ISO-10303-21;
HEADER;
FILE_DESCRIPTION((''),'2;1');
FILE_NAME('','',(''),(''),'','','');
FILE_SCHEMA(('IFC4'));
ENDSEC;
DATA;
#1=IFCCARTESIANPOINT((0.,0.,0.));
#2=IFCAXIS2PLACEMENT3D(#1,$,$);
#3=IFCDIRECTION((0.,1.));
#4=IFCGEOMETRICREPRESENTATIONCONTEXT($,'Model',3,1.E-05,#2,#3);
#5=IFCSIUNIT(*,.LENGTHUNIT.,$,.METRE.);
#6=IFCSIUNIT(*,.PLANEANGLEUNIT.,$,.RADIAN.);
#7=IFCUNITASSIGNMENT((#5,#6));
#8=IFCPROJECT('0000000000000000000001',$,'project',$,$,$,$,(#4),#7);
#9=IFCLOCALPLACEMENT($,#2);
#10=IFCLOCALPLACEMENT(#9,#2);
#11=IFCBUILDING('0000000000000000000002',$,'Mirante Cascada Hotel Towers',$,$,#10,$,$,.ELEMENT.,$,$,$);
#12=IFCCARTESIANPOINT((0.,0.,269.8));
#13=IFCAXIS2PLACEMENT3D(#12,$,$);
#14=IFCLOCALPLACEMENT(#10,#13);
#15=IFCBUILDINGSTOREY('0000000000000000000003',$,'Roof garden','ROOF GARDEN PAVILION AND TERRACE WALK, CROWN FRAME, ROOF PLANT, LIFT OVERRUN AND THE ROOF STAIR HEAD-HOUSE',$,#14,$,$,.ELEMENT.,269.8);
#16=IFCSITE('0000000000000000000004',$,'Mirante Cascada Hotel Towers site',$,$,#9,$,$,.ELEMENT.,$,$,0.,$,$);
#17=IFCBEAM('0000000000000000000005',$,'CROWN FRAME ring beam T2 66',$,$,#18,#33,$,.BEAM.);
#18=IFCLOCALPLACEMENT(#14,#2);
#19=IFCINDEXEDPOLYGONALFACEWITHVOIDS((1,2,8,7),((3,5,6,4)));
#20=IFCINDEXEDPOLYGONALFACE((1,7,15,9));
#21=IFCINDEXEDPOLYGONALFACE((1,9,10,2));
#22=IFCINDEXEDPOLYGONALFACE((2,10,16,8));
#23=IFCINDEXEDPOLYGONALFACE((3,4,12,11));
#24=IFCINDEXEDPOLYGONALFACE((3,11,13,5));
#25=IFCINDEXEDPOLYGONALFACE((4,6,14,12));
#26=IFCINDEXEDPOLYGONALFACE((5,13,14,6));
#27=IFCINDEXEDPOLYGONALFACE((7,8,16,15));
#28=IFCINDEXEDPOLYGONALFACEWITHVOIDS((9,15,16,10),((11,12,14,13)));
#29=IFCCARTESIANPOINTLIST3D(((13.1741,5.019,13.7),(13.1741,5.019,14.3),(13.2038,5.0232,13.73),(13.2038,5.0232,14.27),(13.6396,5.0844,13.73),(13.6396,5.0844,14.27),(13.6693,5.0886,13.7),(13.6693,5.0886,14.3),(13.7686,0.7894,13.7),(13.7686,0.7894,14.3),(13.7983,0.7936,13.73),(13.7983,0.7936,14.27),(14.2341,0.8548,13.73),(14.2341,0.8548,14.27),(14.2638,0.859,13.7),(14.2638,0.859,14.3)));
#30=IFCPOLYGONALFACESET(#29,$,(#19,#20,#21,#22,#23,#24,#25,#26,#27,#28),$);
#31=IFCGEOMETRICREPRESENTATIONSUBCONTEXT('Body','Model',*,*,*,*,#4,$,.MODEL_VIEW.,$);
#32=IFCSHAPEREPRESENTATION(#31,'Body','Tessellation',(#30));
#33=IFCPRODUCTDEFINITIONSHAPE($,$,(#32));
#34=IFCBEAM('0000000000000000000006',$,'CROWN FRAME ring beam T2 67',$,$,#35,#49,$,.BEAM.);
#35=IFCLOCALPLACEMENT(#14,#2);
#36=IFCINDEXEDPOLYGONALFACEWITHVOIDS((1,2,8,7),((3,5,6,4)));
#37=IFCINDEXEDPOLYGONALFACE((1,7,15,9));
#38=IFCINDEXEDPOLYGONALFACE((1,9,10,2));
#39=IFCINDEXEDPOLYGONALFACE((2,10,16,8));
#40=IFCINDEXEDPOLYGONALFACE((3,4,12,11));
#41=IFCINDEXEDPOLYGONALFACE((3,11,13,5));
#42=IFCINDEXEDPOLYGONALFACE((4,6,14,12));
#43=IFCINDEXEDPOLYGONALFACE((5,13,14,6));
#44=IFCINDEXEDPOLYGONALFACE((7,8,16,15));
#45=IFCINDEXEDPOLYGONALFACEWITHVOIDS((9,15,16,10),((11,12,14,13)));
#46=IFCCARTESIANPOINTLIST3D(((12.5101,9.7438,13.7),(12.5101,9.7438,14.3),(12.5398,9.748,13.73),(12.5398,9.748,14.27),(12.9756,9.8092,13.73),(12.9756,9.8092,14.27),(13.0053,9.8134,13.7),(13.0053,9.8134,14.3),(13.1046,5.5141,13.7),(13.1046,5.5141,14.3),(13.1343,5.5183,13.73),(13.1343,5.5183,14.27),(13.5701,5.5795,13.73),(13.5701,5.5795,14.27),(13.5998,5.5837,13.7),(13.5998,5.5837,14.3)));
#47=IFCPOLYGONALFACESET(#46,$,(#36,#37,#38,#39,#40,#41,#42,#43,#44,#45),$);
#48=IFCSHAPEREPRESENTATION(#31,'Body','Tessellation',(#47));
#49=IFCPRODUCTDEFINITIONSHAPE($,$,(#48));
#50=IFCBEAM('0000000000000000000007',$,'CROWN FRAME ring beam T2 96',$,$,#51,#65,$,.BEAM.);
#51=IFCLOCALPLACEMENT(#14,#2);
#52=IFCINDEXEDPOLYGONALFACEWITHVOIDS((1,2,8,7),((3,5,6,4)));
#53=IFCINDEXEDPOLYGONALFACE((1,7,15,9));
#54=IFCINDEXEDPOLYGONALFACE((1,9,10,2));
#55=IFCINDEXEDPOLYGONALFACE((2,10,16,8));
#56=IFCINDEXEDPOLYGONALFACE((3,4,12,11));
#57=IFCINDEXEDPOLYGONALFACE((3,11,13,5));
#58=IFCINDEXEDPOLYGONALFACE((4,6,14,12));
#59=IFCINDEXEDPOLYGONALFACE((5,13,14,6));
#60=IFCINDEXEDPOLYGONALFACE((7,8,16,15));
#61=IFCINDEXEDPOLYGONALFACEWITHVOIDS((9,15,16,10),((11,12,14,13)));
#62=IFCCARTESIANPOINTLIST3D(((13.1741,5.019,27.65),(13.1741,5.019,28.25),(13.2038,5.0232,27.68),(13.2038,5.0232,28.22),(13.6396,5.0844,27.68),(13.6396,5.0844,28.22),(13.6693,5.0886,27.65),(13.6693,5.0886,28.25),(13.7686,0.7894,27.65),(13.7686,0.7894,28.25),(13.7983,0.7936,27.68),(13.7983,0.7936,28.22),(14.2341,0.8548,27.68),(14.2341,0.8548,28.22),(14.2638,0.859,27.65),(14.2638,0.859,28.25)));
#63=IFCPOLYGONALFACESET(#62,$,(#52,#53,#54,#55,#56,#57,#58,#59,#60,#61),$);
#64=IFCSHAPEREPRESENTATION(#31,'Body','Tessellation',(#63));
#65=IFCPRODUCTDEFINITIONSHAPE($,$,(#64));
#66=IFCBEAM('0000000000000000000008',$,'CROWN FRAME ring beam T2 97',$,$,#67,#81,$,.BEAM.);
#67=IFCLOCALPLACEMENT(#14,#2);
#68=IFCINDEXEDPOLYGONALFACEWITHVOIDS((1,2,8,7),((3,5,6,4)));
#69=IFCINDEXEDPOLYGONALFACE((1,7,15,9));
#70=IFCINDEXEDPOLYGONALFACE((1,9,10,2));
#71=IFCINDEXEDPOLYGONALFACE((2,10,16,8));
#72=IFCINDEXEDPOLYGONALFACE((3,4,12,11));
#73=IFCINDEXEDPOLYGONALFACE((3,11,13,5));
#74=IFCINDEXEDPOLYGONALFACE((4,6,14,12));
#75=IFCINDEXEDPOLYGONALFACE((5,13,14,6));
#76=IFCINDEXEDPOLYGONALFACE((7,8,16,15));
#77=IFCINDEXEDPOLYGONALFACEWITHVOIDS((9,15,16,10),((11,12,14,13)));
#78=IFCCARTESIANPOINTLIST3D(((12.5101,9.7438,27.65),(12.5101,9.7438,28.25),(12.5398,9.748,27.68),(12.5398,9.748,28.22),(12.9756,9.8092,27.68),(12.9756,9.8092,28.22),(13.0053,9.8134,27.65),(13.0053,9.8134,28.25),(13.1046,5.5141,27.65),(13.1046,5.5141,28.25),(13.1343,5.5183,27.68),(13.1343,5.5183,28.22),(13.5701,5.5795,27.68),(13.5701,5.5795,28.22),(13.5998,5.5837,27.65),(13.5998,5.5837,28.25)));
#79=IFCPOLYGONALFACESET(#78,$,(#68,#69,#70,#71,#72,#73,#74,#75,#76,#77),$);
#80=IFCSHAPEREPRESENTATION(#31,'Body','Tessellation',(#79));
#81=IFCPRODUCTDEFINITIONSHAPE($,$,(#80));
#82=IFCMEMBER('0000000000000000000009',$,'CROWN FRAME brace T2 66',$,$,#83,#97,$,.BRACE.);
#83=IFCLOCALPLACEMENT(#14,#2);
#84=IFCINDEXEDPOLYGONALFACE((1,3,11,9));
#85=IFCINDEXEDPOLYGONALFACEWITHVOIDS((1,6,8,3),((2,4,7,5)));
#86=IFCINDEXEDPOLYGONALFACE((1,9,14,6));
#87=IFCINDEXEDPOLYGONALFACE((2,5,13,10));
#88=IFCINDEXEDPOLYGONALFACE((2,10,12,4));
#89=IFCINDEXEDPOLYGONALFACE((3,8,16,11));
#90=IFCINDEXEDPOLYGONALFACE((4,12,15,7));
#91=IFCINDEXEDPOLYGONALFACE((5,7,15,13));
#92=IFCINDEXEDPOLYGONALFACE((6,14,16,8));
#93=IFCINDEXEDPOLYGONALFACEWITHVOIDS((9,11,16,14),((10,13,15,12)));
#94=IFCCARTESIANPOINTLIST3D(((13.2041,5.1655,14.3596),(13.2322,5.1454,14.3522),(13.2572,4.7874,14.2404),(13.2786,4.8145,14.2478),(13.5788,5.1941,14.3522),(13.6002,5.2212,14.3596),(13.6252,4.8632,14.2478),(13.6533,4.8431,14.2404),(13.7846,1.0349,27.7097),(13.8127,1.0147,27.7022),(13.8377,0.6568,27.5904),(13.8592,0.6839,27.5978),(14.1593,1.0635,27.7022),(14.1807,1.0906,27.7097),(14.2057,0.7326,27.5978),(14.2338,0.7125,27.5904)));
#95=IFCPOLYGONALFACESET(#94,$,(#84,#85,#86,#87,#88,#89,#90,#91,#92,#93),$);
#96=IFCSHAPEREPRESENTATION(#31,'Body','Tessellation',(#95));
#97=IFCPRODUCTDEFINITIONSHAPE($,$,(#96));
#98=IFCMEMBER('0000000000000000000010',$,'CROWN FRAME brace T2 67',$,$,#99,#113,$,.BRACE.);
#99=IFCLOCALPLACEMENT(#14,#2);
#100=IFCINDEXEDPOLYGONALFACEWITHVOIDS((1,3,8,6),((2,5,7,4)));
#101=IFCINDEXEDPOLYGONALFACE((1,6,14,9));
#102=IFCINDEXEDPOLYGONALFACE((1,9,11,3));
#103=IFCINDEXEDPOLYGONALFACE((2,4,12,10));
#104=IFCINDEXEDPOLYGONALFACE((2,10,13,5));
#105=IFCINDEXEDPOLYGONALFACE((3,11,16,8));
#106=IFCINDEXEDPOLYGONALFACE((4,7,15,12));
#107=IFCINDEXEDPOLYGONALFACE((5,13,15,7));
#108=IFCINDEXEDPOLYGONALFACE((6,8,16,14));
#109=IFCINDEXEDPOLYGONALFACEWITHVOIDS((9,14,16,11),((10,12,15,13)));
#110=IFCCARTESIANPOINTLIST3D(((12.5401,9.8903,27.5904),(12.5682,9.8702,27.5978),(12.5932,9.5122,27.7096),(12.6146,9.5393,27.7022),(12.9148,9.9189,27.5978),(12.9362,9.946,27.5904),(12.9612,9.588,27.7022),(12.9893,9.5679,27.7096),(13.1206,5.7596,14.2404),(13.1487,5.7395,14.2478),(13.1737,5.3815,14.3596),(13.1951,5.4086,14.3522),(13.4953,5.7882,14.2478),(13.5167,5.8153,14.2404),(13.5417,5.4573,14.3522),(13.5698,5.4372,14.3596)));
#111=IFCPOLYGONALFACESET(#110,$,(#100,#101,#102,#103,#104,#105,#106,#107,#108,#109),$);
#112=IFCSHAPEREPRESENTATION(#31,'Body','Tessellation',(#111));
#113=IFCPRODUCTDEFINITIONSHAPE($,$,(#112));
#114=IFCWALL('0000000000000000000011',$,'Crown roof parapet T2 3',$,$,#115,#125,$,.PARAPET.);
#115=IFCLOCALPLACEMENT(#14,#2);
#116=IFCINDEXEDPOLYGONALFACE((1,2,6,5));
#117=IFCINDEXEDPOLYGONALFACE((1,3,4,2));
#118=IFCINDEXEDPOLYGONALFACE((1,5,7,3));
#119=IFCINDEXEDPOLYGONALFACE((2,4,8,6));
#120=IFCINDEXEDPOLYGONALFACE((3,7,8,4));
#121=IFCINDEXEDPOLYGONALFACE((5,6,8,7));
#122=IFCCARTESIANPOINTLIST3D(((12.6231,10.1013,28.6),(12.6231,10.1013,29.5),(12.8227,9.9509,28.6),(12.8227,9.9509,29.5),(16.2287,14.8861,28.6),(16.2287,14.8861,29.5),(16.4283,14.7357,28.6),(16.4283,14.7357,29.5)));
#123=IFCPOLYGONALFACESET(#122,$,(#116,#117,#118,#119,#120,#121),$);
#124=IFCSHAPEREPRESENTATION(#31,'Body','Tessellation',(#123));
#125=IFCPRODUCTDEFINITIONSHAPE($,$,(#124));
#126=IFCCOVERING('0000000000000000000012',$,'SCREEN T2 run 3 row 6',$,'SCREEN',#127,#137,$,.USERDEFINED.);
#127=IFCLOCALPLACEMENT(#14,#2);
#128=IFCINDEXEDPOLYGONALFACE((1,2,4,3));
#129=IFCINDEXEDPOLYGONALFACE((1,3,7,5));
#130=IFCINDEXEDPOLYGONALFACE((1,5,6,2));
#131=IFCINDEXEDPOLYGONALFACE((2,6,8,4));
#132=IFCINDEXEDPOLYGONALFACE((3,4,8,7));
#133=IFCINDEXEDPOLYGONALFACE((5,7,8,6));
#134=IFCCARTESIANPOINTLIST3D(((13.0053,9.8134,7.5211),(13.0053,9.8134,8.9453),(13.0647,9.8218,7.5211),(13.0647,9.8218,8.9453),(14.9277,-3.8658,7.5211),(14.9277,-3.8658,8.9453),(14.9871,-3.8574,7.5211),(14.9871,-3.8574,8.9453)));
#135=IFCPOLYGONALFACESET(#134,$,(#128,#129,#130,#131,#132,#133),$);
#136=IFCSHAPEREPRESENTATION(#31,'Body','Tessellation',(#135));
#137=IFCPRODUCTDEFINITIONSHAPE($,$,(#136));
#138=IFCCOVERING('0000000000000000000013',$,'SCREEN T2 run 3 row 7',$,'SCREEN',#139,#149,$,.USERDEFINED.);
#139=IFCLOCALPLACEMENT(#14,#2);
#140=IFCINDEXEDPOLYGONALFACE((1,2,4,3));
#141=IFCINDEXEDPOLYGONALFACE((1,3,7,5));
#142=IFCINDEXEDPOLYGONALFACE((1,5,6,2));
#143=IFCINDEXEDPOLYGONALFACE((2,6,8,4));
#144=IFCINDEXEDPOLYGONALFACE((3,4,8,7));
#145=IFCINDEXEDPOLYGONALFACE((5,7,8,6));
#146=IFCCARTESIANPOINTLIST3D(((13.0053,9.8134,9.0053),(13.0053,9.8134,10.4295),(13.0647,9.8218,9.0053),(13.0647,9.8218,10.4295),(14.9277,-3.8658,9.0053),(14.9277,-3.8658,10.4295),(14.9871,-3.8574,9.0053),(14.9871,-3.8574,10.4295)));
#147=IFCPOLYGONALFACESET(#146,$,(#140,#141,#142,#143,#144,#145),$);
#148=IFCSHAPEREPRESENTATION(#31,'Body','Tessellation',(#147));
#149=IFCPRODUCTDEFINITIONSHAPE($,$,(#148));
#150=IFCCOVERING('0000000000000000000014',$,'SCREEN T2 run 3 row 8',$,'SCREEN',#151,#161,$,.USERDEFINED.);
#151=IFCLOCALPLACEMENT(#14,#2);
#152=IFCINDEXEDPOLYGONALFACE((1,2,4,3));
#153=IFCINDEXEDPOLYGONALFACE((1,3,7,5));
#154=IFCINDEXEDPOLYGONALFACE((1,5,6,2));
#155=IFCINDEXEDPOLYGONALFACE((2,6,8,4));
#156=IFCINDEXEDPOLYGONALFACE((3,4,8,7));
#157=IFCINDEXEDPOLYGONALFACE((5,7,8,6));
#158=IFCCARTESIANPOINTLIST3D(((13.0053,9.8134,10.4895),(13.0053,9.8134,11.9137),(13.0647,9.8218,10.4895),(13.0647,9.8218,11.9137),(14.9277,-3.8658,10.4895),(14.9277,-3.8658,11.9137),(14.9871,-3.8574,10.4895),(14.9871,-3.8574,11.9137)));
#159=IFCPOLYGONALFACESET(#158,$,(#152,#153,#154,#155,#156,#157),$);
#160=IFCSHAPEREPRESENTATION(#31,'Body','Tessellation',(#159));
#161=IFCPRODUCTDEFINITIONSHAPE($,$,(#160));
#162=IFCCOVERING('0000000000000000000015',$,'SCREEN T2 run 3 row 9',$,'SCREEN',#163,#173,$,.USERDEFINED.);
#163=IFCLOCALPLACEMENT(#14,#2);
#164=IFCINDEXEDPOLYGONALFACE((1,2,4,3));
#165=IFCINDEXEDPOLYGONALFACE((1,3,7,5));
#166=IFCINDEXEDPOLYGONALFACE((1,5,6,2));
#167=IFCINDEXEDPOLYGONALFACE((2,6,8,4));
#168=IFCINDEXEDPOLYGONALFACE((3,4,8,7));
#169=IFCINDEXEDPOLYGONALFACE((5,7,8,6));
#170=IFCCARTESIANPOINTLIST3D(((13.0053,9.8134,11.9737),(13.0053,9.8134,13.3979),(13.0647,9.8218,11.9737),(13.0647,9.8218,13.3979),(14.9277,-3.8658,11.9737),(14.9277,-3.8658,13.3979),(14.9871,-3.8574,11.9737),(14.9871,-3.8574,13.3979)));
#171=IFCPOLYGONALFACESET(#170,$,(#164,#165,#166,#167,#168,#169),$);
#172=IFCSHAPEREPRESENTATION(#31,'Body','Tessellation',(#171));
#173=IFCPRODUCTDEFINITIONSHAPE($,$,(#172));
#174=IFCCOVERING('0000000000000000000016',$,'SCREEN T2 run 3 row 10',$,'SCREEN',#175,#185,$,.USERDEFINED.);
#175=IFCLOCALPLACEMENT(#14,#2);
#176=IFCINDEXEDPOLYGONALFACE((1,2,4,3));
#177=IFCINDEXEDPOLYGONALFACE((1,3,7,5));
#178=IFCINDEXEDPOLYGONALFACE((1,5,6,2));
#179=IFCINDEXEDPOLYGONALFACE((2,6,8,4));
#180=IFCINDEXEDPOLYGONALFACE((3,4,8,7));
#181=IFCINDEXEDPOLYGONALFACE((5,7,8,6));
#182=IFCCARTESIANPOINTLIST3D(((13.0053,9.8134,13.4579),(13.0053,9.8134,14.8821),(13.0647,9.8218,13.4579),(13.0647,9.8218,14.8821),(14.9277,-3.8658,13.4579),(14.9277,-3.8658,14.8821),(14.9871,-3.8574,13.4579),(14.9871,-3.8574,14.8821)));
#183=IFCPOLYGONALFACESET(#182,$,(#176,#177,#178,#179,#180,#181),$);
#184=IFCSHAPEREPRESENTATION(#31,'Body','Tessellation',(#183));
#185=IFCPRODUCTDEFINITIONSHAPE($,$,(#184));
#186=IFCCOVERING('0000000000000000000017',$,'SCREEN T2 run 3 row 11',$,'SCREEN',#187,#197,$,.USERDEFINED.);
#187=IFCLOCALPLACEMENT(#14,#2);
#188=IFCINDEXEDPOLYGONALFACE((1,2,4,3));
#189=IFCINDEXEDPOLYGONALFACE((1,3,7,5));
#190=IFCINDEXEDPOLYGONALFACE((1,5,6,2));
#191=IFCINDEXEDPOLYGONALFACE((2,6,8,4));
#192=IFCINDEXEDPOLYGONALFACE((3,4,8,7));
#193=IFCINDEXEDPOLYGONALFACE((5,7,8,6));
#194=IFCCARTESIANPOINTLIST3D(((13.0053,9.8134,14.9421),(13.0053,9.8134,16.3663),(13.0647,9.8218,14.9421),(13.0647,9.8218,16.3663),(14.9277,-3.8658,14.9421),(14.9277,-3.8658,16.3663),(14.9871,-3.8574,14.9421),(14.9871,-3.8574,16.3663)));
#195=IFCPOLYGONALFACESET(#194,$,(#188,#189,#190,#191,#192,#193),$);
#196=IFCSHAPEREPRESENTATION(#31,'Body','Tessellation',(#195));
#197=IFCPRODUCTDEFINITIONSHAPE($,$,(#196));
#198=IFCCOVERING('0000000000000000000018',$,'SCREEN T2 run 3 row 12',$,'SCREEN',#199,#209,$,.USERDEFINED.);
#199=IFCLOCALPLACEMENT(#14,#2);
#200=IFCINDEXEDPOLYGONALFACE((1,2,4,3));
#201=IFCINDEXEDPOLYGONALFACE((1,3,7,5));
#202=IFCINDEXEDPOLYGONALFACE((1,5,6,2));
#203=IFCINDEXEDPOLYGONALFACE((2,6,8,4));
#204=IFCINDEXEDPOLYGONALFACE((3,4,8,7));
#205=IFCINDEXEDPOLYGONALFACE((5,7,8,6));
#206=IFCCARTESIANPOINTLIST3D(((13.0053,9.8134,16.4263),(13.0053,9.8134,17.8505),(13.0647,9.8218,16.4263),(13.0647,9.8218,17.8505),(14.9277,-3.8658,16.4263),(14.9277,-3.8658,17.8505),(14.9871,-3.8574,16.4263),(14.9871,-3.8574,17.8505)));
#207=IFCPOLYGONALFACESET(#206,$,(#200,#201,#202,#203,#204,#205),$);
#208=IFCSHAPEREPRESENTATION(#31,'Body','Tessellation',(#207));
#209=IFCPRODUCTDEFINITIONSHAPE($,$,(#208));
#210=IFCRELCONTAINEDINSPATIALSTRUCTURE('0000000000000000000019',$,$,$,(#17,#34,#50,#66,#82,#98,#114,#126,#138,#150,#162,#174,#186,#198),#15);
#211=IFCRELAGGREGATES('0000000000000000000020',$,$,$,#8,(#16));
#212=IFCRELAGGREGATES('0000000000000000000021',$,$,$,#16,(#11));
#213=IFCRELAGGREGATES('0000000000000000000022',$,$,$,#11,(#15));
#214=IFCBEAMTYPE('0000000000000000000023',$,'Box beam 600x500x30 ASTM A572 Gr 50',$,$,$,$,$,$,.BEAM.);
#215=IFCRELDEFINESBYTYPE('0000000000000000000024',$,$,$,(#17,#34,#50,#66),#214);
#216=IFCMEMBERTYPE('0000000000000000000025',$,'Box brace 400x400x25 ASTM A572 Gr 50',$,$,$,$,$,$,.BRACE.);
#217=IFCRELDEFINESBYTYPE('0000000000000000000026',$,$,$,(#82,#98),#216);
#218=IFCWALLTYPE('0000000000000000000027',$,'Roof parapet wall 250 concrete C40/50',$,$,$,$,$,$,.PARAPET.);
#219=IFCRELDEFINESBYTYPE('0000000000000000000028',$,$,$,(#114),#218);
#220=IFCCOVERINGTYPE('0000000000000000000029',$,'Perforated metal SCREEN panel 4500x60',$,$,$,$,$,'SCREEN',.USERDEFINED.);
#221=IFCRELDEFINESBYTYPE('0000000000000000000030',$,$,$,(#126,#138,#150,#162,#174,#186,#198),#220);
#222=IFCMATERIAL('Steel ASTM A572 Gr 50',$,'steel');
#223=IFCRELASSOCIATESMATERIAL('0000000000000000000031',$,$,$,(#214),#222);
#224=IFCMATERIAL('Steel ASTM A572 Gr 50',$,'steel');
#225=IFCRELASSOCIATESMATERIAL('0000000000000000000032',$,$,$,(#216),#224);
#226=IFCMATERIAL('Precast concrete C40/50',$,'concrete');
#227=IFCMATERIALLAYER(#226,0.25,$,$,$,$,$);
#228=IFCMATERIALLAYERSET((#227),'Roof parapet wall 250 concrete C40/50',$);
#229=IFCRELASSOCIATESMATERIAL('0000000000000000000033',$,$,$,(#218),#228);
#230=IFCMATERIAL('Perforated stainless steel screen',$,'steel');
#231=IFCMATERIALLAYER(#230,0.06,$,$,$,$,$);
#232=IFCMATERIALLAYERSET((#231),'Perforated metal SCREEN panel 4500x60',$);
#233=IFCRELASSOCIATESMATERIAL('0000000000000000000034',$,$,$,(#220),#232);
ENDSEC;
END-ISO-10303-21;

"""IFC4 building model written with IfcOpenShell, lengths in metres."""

from ifc_helpers import new_model, si_unit, direction, frame, frame_2d, origin, origin_2d, place, context, subcontext, project, spatial, rectangle, hollow_rectangle, extrude, material, layer, layer_set, material_profile, profile_set, type_object, element, save


model = new_model("IFC4")

# Units and contexts
model_context = context("Model", 3, precision=1e-05, world=origin(), true_north=direction((0.0, 1.0)))
body_context = subcontext(model_context, "Body", "Model", "MODEL_VIEW")
ifc_project = project(units=[si_unit("LENGTHUNIT", "METRE"), si_unit("PLANEANGLEUNIT", "RADIAN")], contexts=[model_context])

# Site, building, storey
site_placement = place(None, origin())
site = spatial("IfcSite", under=ifc_project, at=site_placement, Name="Mirante Cascada Hotel Towers site", CompositionType="ELEMENT", RefElevation=0.0)
building_placement = place(site_placement, origin())
building = spatial("IfcBuilding", under=site, at=building_placement, Name="Mirante Cascada Hotel Towers", CompositionType="ELEMENT")
storey_placement = place(building_placement, frame((0.0, 0.0, 269.8)))
storey = spatial("IfcBuildingStorey", under=building, at=storey_placement, Name="Roof garden", Description="ROOF GARDEN PAVILION AND TERRACE WALK, CROWN FRAME, ROOF PLANT, LIFT OVERRUN AND THE ROOF STAIR HEAD-HOUSE", CompositionType="ELEMENT", Elevation=269.8)

# Beams
ifc_material_1 = material(Name="Steel ASTM A572 Gr 50", Category="steel")
ifc_material_profile_1 = material_profile(ifc_material_1, hollow_rectangle(XDim=0.5, YDim=0.6, WallThickness=0.03, at=origin_2d()), Name="Box beam 600x500x30 ASTM A572 Gr 50")
ifc_profile_set_1 = profile_set([ifc_material_profile_1], Name="Steel ASTM A572 Gr 50")
beam_type = type_object("IfcBeamType", Name="Box beam 600x500x30 ASTM A572 Gr 50", PredefinedType="BEAM", material=ifc_profile_set_1)
beam_1_placement = place(storey_placement, frame((14.0162, 0.8242, 14.0), z_axis=(-0.139189, 0.990266, 0.0), x_axis=(-0.990266, -0.139189, 0.0)))
element("IfcBeam", 1, at=beam_1_placement, inside=storey, type_object=beam_type, Name="CROWN FRAME ring beam T2 66", PredefinedType="BEAM", context=body_context, shape_type="SweptSolid", body=[
    extrude(hollow_rectangle(XDim=0.5, YDim=0.6, WallThickness=0.03, at=origin_2d()), origin(), (0.0, 0.0, 1.0), 4.2712),
])
beam_2_placement = place(storey_placement, frame((13.3522, 5.5489, 14.0), z_axis=(-0.139186, 0.990266, 0.0), x_axis=(-0.990266, -0.139186, 0.0)))
element("IfcBeam", 2, at=beam_2_placement, inside=storey, type_object=beam_type, Name="CROWN FRAME ring beam T2 67", PredefinedType="BEAM", context=body_context, shape_type="SweptSolid", body=[
    extrude(hollow_rectangle(XDim=0.5, YDim=0.6, WallThickness=0.03, at=origin_2d()), origin(), (0.0, 0.0, 1.0), 4.2713),
])
beam_3_placement = place(storey_placement, frame((14.0162, 0.8242, 27.95), z_axis=(-0.139189, 0.990266, 0.0), x_axis=(-0.990266, -0.139189, 0.0)))
element("IfcBeam", 3, at=beam_3_placement, inside=storey, type_object=beam_type, Name="CROWN FRAME ring beam T2 96", PredefinedType="BEAM", context=body_context, shape_type="SweptSolid", body=[
    extrude(hollow_rectangle(XDim=0.5, YDim=0.6, WallThickness=0.03, at=origin_2d()), origin(), (0.0, 0.0, 1.0), 4.2712),
])
beam_4_placement = place(storey_placement, frame((13.3522, 5.5489, 27.95), z_axis=(-0.139186, 0.990266, 0.0), x_axis=(-0.990266, -0.139186, 0.0)))
element("IfcBeam", 4, at=beam_4_placement, inside=storey, type_object=beam_type, Name="CROWN FRAME ring beam T2 97", PredefinedType="BEAM", context=body_context, shape_type="SweptSolid", body=[
    extrude(hollow_rectangle(XDim=0.5, YDim=0.6, WallThickness=0.03, at=origin_2d()), origin(), (0.0, 0.0, 1.0), 4.2713),
])

# Members
ifc_material_2 = material(Name="Steel ASTM A572 Gr 50", Category="steel")
ifc_material_profile_2 = material_profile(ifc_material_2, hollow_rectangle(XDim=0.4, YDim=0.4, WallThickness=0.025, at=origin_2d()), Name="Box brace 400x400x25 ASTM A572 Gr 50")
ifc_profile_set_2 = profile_set([ifc_material_profile_2], Name="Steel ASTM A572 Gr 50")
member_type = type_object("IfcMemberType", Name="Box brace 400x400x25 ASTM A572 Gr 50", PredefinedType="BRACE", material=ifc_profile_set_2)
for number, where, z_axis, x_axis, name in (
    (5, (13.4287, 5.0043, 14.3), (0.041504, -0.295328, 0.954494), (0.990269, 0.139169, 0.0), "CROWN FRAME brace T2 66"),
    (6, (13.3452, 5.5984, 14.3), (-0.041504, 0.295335, 0.954492), (-0.990269, -0.139166, 0.0), "CROWN FRAME brace T2 67"),
):
    element("IfcMember", number, at=place(storey_placement, frame(where, z_axis=z_axis, x_axis=x_axis)), inside=storey, type_object=member_type, Name=name, PredefinedType="BRACE", context=body_context, shape_type="SweptSolid", body=[
        extrude(hollow_rectangle(XDim=0.4, YDim=0.4, WallThickness=0.025, at=origin_2d()), origin(), (0.0, 0.0, 1.0), 13.9865),
    ])

# Wall
ifc_material_3 = material(Name="Precast concrete C40/50", Category="concrete")
ifc_layer_1 = layer(ifc_material_3, 0.25)
ifc_layer_set_1 = layer_set([ifc_layer_1], Name="Roof parapet wall 250 concrete C40/50")
wall_type = type_object("IfcWallType", Name="Roof parapet wall 250 concrete C40/50", PredefinedType="PARAPET", material=ifc_layer_set_1)
wall_placement = place(storey_placement, frame((12.7229, 10.0261, 28.6), z_axis=(0.0, 0.0, 1.0), x_axis=(0.601814, 0.798636, 0.0)))
element("IfcWall", 7, at=wall_placement, inside=storey, type_object=wall_type, Name="Crown roof parapet T2 3", PredefinedType="PARAPET", context=body_context, shape_type="SweptSolid", body=[
    extrude(rectangle(XDim=5.9912, YDim=0.25, at=frame_2d((2.9956, 0.0))), origin(), (0.0, 0.0, 1.0), 0.9),
])

# Coverings
ifc_material_4 = material(Name="Perforated stainless steel screen", Category="steel")
ifc_layer_2 = layer(ifc_material_4, 0.06)
ifc_layer_set_2 = layer_set([ifc_layer_2], Name="Perforated metal SCREEN panel 4500x60")
covering_type = type_object("IfcCoveringType", Name="Perforated metal SCREEN panel 4500x60", ElementType="SCREEN", PredefinedType="USERDEFINED", material=ifc_layer_set_2)
for number, where, z_axis, x_axis, name in (
    (8, (13.9962, 2.978, 7.5211), (0.0, 0.0, 1.0), (-0.139173, 0.990268, 0.0), "SCREEN T2 run 3 row 6"),
    (9, (13.9962, 2.978, 9.0053), (0.0, 0.0, 1.0), (-0.139173, 0.990268, 0.0), "SCREEN T2 run 3 row 7"),
    (10, (13.9962, 2.978, 10.4895), (0.0, 0.0, 1.0), (-0.139173, 0.990268, 0.0), "SCREEN T2 run 3 row 8"),
    (11, (13.9962, 2.978, 11.9737), (0.0, 0.0, 1.0), (-0.139173, 0.990268, 0.0), "SCREEN T2 run 3 row 9"),
    (12, (13.9962, 2.978, 13.4579), (0.0, 0.0, 1.0), (-0.139173, 0.990268, 0.0), "SCREEN T2 run 3 row 10"),
    (13, (13.9962, 2.978, 14.9421), (0.0, 0.0, 1.0), (-0.139173, 0.990268, 0.0), "SCREEN T2 run 3 row 11"),
    (14, (13.9962, 2.978, 16.4263), (0.0, 0.0, 1.0), (-0.139173, 0.990268, 0.0), "SCREEN T2 run 3 row 12"),
):
    element("IfcCovering", number, at=place(storey_placement, frame(where, z_axis=z_axis, x_axis=x_axis)), inside=storey, type_object=covering_type, Name=name, ObjectType="SCREEN", PredefinedType="USERDEFINED", context=body_context, shape_type="SweptSolid", body=[
        extrude(rectangle(XDim=13.8136, YDim=0.06, at=origin_2d()), origin(), (0.0, 0.0, 1.0), 1.4242),
    ])

save(model, "model.ifc")
